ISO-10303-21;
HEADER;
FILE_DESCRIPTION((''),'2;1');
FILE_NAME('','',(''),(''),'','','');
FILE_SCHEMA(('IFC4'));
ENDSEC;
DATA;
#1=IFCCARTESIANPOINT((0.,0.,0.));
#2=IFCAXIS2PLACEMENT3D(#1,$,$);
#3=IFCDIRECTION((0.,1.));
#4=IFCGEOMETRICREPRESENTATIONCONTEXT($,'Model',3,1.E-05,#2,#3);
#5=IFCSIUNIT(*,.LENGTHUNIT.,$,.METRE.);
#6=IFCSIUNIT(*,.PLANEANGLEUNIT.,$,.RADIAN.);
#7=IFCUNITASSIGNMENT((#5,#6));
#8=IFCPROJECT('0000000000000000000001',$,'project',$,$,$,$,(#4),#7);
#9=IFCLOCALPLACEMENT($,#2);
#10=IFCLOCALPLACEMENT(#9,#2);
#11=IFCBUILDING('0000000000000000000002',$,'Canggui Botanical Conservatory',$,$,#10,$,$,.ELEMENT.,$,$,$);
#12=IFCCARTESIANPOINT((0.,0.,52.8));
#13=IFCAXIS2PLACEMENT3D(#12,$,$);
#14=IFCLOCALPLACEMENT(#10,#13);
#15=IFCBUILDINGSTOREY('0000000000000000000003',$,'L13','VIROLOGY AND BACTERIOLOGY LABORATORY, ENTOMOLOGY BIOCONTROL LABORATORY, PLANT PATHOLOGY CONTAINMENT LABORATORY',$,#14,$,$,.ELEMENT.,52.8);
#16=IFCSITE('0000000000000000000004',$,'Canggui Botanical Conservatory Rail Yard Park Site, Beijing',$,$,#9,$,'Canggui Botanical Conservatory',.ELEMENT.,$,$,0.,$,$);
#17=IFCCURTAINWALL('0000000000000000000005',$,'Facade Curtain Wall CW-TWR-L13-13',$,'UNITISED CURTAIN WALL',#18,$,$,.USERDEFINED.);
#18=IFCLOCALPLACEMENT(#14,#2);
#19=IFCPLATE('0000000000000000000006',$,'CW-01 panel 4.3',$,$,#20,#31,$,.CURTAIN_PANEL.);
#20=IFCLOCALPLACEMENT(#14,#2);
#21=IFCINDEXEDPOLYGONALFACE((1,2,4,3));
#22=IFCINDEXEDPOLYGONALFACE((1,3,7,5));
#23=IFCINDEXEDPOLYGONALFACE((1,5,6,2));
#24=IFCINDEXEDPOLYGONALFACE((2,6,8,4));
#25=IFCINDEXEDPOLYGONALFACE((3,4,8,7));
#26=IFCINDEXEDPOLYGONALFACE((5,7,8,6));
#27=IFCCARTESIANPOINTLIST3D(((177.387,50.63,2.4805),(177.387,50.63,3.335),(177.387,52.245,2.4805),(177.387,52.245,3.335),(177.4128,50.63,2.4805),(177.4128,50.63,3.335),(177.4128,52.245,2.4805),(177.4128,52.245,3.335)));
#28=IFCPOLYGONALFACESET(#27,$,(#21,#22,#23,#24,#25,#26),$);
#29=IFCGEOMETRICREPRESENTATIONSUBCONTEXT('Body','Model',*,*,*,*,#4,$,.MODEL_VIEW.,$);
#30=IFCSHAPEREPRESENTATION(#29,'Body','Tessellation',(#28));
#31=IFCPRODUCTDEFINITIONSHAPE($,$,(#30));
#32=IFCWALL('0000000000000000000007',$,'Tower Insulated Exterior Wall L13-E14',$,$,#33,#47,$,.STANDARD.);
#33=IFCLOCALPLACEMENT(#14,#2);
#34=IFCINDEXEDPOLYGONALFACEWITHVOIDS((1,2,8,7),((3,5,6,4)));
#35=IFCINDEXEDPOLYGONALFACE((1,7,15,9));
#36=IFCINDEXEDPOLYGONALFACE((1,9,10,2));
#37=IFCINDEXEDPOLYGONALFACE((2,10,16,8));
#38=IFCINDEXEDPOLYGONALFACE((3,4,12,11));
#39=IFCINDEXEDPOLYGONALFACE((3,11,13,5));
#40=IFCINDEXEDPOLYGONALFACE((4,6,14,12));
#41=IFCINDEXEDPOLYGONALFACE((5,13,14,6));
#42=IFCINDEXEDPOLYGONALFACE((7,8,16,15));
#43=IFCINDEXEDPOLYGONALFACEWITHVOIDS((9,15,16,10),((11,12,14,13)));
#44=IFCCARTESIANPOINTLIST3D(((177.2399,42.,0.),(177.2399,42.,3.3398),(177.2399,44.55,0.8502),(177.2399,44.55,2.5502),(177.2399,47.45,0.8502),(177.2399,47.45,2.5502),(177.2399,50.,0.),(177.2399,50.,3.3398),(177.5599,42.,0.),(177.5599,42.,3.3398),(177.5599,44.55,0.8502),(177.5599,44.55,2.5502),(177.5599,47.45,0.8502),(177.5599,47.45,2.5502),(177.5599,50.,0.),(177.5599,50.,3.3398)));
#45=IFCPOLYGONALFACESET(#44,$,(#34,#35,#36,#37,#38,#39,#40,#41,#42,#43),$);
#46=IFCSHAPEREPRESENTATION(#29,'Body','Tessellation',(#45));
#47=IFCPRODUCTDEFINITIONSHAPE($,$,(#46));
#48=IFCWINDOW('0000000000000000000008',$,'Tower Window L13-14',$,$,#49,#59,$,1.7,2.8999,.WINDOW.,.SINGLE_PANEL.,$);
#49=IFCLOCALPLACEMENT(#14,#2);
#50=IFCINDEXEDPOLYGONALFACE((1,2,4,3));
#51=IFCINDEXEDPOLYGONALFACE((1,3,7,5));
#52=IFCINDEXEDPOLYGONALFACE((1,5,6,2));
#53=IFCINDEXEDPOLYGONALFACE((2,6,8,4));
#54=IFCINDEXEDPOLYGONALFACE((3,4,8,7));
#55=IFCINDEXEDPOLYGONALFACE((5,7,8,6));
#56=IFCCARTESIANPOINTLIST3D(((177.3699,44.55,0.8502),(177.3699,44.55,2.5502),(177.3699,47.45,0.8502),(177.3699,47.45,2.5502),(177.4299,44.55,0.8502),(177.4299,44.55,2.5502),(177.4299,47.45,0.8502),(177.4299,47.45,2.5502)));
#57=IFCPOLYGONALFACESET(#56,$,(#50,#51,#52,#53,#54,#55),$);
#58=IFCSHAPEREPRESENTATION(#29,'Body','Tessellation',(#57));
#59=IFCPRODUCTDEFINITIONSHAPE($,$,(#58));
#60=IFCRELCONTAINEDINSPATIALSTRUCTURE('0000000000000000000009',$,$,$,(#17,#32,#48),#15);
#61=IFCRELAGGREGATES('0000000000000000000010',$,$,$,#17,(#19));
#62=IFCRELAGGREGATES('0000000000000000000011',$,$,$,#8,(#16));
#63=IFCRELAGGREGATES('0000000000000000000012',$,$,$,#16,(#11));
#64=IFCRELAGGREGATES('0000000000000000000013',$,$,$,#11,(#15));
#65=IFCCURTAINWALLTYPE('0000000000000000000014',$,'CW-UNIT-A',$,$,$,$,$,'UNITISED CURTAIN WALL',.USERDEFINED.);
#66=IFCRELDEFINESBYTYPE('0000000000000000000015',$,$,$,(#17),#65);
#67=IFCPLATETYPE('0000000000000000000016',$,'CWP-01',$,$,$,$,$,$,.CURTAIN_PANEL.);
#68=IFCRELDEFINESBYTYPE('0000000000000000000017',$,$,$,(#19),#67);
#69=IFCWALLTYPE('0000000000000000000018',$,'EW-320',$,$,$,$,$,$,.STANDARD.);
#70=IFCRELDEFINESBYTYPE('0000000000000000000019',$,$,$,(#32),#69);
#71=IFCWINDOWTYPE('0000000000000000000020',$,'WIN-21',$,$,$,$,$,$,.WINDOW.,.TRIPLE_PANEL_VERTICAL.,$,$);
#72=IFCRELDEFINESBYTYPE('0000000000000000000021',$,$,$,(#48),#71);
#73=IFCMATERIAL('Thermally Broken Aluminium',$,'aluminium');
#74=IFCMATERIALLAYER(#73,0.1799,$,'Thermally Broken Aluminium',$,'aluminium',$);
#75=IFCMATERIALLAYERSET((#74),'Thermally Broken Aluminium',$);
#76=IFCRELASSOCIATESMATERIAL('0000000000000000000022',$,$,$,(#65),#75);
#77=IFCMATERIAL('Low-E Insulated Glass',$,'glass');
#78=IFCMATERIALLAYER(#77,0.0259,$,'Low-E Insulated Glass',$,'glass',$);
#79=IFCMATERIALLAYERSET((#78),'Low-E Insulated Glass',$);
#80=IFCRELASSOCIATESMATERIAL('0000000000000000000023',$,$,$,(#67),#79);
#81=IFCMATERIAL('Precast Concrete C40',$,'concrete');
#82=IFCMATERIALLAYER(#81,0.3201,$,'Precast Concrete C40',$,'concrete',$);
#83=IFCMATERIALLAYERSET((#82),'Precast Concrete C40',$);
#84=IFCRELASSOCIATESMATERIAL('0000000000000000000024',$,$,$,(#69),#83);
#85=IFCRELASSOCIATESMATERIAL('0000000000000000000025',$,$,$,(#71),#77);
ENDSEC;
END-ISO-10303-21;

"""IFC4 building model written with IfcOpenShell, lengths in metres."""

from ifc_helpers import new_model, si_unit, direction, frame, frame_2d, origin, origin_2d, place, context, subcontext, project, spatial, rectangle, extrude, material, layer, layer_set, type_object, element, fill, aggregate, save


model = new_model("IFC4")

# Units and contexts
model_context = context("Model", 3, precision=1e-05, world=origin(), true_north=direction((0.0, 1.0)))
body_context = subcontext(model_context, "Body", "Model", "MODEL_VIEW")
ifc_project = project(units=[si_unit("LENGTHUNIT", "METRE"), si_unit("PLANEANGLEUNIT", "RADIAN")], contexts=[model_context])

# Site, building, storey
site_placement = place(None, origin())
site = spatial("IfcSite", under=ifc_project, at=site_placement, Name="Canggui Botanical Conservatory Rail Yard Park Site, Beijing", LongName="Canggui Botanical Conservatory", CompositionType="ELEMENT", RefElevation=0.0)
building_placement = place(site_placement, origin())
building = spatial("IfcBuilding", under=site, at=building_placement, Name="Canggui Botanical Conservatory", CompositionType="ELEMENT")
storey_placement = place(building_placement, frame((0.0, 0.0, 52.8)))
storey = spatial("IfcBuildingStorey", under=building, at=storey_placement, Name="L13", Description="VIROLOGY AND BACTERIOLOGY LABORATORY, ENTOMOLOGY BIOCONTROL LABORATORY, PLANT PATHOLOGY CONTAINMENT LABORATORY", CompositionType="ELEMENT", Elevation=52.8)

# Curtain wall, plate
ifc_material_1 = material(Name="Thermally Broken Aluminium", Category="aluminium")
ifc_layer_1 = layer(ifc_material_1, 0.1799, Name="Thermally Broken Aluminium", Category="aluminium")
ifc_layer_set_1 = layer_set([ifc_layer_1], Name="Thermally Broken Aluminium")
curtain_wall_type = type_object("IfcCurtainWallType", Name="CW-UNIT-A", ElementType="UNITISED CURTAIN WALL", PredefinedType="USERDEFINED", material=ifc_layer_set_1)
curtain_wall_placement = place(storey_placement, origin())
curtain_wall = element("IfcCurtainWall", 1, at=curtain_wall_placement, inside=storey, type_object=curtain_wall_type, Name="Facade Curtain Wall CW-TWR-L13-13", ObjectType="UNITISED CURTAIN WALL", PredefinedType="USERDEFINED")
ifc_material_2 = material(Name="Low-E Insulated Glass", Category="glass")
ifc_layer_2 = layer(ifc_material_2, 0.0259, Name="Low-E Insulated Glass", Category="glass")
ifc_layer_set_2 = layer_set([ifc_layer_2], Name="Low-E Insulated Glass")
plate_type = type_object("IfcPlateType", Name="CWP-01", PredefinedType="CURTAIN_PANEL", material=ifc_layer_set_2)
plate_1_placement = place(storey_placement, frame((177.3999, 51.4375, 2.4805), z_axis=(0.0, 0.0, 1.0), x_axis=(0.0, -1.0, 0.0)))
plate_1 = element("IfcPlate", 2, at=plate_1_placement, type_object=plate_type, Name="CW-01 panel 4.3", PredefinedType="CURTAIN_PANEL", context=body_context, shape_type="SweptSolid", body=[
    extrude(rectangle(XDim=1.615, YDim=0.0259, at=origin_2d()), origin(), (0.0, 0.0, 1.0), 0.8545),
])
aggregate(curtain_wall, [plate_1])

# Wall, opening, window
ifc_material_3 = material(Name="Precast Concrete C40", Category="concrete")
ifc_layer_3 = layer(ifc_material_3, 0.3201, Name="Precast Concrete C40", Category="concrete")
ifc_layer_set_3 = layer_set([ifc_layer_3], Name="Precast Concrete C40")
wall_type = type_object("IfcWallType", Name="EW-320", PredefinedType="STANDARD", material=ifc_layer_set_3)
wall_placement = place(storey_placement, frame((177.3999, 50.0, 0.0), z_axis=(0.0, 0.0, 1.0), x_axis=(0.0, -1.0, 0.0)))
wall = element("IfcWall", 3, at=wall_placement, inside=storey, type_object=wall_type, Name="Tower Insulated Exterior Wall L13-E14", PredefinedType="STANDARD", context=body_context, shape_type="SweptSolid", body=[
    extrude(rectangle(XDim=8.0, YDim=0.3201, at=frame_2d((4.0, 0.0))), origin(), (0.0, 0.0, 1.0), 3.3398),
])
opening_placement = place(wall_placement, frame((2.55, 0.0, 0.8501)))
opening = element("IfcOpeningElement", 4, at=opening_placement, cuts=wall, PredefinedType="OPENING", context=body_context, shape_type="SweptSolid", body=[
    extrude(rectangle(XDim=2.8999, YDim=1.7, at=frame_2d((1.45, 0.8501))), frame((0.0, 0.1699, 0.0), z_axis=(0.0, -1.0, 0.0), x_axis=(1.0, 0.0, 0.0)), (0.0, 0.0, 1.0), 0.3401),
])
window_type = type_object("IfcWindowType", Name="WIN-21", PartitioningType="TRIPLE_PANEL_VERTICAL", PredefinedType="WINDOW", material=ifc_material_2)
window_placement = place(opening_placement, origin())
window = element("IfcWindow", 5, at=window_placement, inside=storey, type_object=window_type, Name="Tower Window L13-14", OverallHeight=1.7, OverallWidth=2.8999, PartitioningType="SINGLE_PANEL", PredefinedType="WINDOW", context=body_context, shape_type="SweptSolid", body=[
    extrude(rectangle(XDim=2.8999, YDim=1.7, at=frame_2d((1.45, 0.8501))), frame((0.0, 0.03, 0.0), z_axis=(0.0, -1.0, 0.0), x_axis=(1.0, 0.0, 0.0)), (0.0, 0.0, 1.0), 0.0601),
])
fill(opening, window)

save(model, "model.ifc")
